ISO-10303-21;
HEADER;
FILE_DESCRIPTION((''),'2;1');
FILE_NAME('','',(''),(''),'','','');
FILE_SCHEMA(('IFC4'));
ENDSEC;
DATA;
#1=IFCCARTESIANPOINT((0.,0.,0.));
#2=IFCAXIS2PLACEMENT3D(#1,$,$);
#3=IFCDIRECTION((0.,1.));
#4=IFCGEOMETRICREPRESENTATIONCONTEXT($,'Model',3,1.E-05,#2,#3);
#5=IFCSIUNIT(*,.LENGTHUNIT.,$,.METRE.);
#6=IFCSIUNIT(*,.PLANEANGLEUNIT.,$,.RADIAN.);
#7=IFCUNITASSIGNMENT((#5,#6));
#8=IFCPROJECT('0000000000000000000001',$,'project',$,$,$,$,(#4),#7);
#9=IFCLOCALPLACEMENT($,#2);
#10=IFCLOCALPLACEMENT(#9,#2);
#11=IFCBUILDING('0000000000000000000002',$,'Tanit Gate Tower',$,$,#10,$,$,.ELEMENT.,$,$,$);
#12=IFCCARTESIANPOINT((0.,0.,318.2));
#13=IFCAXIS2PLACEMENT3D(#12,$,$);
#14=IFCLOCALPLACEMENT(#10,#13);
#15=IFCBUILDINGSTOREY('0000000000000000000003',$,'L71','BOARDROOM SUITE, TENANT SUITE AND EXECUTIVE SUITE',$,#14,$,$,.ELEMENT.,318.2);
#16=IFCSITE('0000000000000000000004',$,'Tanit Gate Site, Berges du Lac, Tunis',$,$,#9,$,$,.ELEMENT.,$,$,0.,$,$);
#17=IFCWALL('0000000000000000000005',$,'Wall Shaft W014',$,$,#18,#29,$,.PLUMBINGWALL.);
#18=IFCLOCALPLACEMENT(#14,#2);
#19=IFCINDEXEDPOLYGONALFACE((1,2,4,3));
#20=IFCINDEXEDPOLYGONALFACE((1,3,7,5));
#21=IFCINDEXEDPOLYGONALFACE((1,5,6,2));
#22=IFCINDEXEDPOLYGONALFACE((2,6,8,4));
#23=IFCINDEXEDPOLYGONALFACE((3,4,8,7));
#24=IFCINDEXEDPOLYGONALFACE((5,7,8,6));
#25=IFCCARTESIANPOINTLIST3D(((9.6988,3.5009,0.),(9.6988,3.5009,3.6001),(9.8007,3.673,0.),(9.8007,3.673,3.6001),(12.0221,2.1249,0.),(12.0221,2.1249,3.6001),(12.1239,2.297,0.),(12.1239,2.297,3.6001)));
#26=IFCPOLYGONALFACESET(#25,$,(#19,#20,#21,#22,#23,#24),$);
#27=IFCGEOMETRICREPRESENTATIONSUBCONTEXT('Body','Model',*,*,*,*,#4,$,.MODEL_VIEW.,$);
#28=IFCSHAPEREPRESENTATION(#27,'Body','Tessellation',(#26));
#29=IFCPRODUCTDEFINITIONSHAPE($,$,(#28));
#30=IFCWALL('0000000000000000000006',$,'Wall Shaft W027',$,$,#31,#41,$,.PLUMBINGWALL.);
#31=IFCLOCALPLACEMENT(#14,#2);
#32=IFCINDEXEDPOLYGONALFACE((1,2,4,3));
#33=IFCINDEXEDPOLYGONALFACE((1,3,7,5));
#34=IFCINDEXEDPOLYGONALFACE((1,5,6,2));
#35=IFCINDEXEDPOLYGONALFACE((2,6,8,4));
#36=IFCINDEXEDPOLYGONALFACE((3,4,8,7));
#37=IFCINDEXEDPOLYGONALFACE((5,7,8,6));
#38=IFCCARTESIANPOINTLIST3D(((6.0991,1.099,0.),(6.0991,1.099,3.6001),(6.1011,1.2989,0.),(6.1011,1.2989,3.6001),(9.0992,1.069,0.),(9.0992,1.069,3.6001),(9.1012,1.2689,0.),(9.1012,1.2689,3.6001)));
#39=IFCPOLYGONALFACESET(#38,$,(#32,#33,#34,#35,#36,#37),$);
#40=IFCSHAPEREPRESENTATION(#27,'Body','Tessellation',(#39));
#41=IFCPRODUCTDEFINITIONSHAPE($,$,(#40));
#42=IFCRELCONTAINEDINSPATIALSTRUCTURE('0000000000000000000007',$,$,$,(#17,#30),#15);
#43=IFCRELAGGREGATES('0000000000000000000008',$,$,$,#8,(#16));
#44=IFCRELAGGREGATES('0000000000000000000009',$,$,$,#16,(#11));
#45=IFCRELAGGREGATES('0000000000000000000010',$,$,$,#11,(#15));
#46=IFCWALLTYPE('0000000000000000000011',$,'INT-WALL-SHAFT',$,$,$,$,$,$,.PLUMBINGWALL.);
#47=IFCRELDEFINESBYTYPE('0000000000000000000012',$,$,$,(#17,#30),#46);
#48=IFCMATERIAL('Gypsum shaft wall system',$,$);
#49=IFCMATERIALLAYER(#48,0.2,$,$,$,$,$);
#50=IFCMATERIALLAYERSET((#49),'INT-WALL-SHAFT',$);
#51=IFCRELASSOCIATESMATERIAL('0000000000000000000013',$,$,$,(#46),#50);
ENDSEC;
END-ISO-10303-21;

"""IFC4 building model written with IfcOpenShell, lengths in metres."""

from ifc_helpers import new_model, si_unit, direction, frame, frame_2d, origin, place, context, subcontext, project, spatial, rectangle, extrude, material, layer, layer_set, type_object, element, save


model = new_model("IFC4")

# Units and contexts
model_context = context("Model", 3, precision=1e-05, world=origin(), true_north=direction((0.0, 1.0)))
body_context = subcontext(model_context, "Body", "Model", "MODEL_VIEW")
ifc_project = project(units=[si_unit("LENGTHUNIT", "METRE"), si_unit("PLANEANGLEUNIT", "RADIAN")], contexts=[model_context])

# Site, building, storey
site_placement = place(None, origin())
site = spatial("IfcSite", under=ifc_project, at=site_placement, Name="Tanit Gate Site, Berges du Lac, Tunis", CompositionType="ELEMENT", RefElevation=0.0)
building_placement = place(site_placement, origin())
building = spatial("IfcBuilding", under=site, at=building_placement, Name="Tanit Gate Tower", CompositionType="ELEMENT")
storey_placement = place(building_placement, frame((0.0, 0.0, 318.2)))
storey = spatial("IfcBuildingStorey", under=building, at=storey_placement, Name="L71", Description="BOARDROOM SUITE, TENANT SUITE AND EXECUTIVE SUITE", CompositionType="ELEMENT", Elevation=318.2)

# Wall
ifc_material_1 = material(Name="Gypsum shaft wall system")
ifc_layer_1 = layer(ifc_material_1, 0.2)
ifc_layer_set_1 = layer_set([ifc_layer_1], Name="INT-WALL-SHAFT")
wall_type_1 = type_object("IfcWallType", Name="INT-WALL-SHAFT", PredefinedType="PLUMBINGWALL", material=ifc_layer_set_1)
wall_1_placement = place(storey_placement, frame((12.073, 2.2109, 0.0), z_axis=(0.0, 0.0, 1.0), x_axis=(-0.860415, 0.509594, 0.0)))
element("IfcWall", 1, at=wall_1_placement, inside=storey, type_object=wall_type_1, Name="Wall Shaft W014", PredefinedType="PLUMBINGWALL", context=body_context, shape_type="SweptSolid", body=[
    extrude(rectangle(XDim=2.7002, YDim=0.2, at=frame_2d((1.3501, 0.0))), origin(), (0.0, 0.0, 1.0), 3.6001),
])

# Wall
wall_2_placement = place(storey_placement, frame((9.1001, 1.1689, 0.0), z_axis=(0.0, 0.0, 1.0), x_axis=(-0.99995, 0.010009, 0.0)))
element("IfcWall", 2, at=wall_2_placement, inside=storey, type_object=wall_type_1, Name="Wall Shaft W027", PredefinedType="PLUMBINGWALL", context=body_context, shape_type="SweptSolid", body=[
    extrude(rectangle(XDim=3.0002, YDim=0.2, at=frame_2d((1.5, 0.0))), origin(), (0.0, 0.0, 1.0), 3.6001),
])

save(model, "model.ifc")
